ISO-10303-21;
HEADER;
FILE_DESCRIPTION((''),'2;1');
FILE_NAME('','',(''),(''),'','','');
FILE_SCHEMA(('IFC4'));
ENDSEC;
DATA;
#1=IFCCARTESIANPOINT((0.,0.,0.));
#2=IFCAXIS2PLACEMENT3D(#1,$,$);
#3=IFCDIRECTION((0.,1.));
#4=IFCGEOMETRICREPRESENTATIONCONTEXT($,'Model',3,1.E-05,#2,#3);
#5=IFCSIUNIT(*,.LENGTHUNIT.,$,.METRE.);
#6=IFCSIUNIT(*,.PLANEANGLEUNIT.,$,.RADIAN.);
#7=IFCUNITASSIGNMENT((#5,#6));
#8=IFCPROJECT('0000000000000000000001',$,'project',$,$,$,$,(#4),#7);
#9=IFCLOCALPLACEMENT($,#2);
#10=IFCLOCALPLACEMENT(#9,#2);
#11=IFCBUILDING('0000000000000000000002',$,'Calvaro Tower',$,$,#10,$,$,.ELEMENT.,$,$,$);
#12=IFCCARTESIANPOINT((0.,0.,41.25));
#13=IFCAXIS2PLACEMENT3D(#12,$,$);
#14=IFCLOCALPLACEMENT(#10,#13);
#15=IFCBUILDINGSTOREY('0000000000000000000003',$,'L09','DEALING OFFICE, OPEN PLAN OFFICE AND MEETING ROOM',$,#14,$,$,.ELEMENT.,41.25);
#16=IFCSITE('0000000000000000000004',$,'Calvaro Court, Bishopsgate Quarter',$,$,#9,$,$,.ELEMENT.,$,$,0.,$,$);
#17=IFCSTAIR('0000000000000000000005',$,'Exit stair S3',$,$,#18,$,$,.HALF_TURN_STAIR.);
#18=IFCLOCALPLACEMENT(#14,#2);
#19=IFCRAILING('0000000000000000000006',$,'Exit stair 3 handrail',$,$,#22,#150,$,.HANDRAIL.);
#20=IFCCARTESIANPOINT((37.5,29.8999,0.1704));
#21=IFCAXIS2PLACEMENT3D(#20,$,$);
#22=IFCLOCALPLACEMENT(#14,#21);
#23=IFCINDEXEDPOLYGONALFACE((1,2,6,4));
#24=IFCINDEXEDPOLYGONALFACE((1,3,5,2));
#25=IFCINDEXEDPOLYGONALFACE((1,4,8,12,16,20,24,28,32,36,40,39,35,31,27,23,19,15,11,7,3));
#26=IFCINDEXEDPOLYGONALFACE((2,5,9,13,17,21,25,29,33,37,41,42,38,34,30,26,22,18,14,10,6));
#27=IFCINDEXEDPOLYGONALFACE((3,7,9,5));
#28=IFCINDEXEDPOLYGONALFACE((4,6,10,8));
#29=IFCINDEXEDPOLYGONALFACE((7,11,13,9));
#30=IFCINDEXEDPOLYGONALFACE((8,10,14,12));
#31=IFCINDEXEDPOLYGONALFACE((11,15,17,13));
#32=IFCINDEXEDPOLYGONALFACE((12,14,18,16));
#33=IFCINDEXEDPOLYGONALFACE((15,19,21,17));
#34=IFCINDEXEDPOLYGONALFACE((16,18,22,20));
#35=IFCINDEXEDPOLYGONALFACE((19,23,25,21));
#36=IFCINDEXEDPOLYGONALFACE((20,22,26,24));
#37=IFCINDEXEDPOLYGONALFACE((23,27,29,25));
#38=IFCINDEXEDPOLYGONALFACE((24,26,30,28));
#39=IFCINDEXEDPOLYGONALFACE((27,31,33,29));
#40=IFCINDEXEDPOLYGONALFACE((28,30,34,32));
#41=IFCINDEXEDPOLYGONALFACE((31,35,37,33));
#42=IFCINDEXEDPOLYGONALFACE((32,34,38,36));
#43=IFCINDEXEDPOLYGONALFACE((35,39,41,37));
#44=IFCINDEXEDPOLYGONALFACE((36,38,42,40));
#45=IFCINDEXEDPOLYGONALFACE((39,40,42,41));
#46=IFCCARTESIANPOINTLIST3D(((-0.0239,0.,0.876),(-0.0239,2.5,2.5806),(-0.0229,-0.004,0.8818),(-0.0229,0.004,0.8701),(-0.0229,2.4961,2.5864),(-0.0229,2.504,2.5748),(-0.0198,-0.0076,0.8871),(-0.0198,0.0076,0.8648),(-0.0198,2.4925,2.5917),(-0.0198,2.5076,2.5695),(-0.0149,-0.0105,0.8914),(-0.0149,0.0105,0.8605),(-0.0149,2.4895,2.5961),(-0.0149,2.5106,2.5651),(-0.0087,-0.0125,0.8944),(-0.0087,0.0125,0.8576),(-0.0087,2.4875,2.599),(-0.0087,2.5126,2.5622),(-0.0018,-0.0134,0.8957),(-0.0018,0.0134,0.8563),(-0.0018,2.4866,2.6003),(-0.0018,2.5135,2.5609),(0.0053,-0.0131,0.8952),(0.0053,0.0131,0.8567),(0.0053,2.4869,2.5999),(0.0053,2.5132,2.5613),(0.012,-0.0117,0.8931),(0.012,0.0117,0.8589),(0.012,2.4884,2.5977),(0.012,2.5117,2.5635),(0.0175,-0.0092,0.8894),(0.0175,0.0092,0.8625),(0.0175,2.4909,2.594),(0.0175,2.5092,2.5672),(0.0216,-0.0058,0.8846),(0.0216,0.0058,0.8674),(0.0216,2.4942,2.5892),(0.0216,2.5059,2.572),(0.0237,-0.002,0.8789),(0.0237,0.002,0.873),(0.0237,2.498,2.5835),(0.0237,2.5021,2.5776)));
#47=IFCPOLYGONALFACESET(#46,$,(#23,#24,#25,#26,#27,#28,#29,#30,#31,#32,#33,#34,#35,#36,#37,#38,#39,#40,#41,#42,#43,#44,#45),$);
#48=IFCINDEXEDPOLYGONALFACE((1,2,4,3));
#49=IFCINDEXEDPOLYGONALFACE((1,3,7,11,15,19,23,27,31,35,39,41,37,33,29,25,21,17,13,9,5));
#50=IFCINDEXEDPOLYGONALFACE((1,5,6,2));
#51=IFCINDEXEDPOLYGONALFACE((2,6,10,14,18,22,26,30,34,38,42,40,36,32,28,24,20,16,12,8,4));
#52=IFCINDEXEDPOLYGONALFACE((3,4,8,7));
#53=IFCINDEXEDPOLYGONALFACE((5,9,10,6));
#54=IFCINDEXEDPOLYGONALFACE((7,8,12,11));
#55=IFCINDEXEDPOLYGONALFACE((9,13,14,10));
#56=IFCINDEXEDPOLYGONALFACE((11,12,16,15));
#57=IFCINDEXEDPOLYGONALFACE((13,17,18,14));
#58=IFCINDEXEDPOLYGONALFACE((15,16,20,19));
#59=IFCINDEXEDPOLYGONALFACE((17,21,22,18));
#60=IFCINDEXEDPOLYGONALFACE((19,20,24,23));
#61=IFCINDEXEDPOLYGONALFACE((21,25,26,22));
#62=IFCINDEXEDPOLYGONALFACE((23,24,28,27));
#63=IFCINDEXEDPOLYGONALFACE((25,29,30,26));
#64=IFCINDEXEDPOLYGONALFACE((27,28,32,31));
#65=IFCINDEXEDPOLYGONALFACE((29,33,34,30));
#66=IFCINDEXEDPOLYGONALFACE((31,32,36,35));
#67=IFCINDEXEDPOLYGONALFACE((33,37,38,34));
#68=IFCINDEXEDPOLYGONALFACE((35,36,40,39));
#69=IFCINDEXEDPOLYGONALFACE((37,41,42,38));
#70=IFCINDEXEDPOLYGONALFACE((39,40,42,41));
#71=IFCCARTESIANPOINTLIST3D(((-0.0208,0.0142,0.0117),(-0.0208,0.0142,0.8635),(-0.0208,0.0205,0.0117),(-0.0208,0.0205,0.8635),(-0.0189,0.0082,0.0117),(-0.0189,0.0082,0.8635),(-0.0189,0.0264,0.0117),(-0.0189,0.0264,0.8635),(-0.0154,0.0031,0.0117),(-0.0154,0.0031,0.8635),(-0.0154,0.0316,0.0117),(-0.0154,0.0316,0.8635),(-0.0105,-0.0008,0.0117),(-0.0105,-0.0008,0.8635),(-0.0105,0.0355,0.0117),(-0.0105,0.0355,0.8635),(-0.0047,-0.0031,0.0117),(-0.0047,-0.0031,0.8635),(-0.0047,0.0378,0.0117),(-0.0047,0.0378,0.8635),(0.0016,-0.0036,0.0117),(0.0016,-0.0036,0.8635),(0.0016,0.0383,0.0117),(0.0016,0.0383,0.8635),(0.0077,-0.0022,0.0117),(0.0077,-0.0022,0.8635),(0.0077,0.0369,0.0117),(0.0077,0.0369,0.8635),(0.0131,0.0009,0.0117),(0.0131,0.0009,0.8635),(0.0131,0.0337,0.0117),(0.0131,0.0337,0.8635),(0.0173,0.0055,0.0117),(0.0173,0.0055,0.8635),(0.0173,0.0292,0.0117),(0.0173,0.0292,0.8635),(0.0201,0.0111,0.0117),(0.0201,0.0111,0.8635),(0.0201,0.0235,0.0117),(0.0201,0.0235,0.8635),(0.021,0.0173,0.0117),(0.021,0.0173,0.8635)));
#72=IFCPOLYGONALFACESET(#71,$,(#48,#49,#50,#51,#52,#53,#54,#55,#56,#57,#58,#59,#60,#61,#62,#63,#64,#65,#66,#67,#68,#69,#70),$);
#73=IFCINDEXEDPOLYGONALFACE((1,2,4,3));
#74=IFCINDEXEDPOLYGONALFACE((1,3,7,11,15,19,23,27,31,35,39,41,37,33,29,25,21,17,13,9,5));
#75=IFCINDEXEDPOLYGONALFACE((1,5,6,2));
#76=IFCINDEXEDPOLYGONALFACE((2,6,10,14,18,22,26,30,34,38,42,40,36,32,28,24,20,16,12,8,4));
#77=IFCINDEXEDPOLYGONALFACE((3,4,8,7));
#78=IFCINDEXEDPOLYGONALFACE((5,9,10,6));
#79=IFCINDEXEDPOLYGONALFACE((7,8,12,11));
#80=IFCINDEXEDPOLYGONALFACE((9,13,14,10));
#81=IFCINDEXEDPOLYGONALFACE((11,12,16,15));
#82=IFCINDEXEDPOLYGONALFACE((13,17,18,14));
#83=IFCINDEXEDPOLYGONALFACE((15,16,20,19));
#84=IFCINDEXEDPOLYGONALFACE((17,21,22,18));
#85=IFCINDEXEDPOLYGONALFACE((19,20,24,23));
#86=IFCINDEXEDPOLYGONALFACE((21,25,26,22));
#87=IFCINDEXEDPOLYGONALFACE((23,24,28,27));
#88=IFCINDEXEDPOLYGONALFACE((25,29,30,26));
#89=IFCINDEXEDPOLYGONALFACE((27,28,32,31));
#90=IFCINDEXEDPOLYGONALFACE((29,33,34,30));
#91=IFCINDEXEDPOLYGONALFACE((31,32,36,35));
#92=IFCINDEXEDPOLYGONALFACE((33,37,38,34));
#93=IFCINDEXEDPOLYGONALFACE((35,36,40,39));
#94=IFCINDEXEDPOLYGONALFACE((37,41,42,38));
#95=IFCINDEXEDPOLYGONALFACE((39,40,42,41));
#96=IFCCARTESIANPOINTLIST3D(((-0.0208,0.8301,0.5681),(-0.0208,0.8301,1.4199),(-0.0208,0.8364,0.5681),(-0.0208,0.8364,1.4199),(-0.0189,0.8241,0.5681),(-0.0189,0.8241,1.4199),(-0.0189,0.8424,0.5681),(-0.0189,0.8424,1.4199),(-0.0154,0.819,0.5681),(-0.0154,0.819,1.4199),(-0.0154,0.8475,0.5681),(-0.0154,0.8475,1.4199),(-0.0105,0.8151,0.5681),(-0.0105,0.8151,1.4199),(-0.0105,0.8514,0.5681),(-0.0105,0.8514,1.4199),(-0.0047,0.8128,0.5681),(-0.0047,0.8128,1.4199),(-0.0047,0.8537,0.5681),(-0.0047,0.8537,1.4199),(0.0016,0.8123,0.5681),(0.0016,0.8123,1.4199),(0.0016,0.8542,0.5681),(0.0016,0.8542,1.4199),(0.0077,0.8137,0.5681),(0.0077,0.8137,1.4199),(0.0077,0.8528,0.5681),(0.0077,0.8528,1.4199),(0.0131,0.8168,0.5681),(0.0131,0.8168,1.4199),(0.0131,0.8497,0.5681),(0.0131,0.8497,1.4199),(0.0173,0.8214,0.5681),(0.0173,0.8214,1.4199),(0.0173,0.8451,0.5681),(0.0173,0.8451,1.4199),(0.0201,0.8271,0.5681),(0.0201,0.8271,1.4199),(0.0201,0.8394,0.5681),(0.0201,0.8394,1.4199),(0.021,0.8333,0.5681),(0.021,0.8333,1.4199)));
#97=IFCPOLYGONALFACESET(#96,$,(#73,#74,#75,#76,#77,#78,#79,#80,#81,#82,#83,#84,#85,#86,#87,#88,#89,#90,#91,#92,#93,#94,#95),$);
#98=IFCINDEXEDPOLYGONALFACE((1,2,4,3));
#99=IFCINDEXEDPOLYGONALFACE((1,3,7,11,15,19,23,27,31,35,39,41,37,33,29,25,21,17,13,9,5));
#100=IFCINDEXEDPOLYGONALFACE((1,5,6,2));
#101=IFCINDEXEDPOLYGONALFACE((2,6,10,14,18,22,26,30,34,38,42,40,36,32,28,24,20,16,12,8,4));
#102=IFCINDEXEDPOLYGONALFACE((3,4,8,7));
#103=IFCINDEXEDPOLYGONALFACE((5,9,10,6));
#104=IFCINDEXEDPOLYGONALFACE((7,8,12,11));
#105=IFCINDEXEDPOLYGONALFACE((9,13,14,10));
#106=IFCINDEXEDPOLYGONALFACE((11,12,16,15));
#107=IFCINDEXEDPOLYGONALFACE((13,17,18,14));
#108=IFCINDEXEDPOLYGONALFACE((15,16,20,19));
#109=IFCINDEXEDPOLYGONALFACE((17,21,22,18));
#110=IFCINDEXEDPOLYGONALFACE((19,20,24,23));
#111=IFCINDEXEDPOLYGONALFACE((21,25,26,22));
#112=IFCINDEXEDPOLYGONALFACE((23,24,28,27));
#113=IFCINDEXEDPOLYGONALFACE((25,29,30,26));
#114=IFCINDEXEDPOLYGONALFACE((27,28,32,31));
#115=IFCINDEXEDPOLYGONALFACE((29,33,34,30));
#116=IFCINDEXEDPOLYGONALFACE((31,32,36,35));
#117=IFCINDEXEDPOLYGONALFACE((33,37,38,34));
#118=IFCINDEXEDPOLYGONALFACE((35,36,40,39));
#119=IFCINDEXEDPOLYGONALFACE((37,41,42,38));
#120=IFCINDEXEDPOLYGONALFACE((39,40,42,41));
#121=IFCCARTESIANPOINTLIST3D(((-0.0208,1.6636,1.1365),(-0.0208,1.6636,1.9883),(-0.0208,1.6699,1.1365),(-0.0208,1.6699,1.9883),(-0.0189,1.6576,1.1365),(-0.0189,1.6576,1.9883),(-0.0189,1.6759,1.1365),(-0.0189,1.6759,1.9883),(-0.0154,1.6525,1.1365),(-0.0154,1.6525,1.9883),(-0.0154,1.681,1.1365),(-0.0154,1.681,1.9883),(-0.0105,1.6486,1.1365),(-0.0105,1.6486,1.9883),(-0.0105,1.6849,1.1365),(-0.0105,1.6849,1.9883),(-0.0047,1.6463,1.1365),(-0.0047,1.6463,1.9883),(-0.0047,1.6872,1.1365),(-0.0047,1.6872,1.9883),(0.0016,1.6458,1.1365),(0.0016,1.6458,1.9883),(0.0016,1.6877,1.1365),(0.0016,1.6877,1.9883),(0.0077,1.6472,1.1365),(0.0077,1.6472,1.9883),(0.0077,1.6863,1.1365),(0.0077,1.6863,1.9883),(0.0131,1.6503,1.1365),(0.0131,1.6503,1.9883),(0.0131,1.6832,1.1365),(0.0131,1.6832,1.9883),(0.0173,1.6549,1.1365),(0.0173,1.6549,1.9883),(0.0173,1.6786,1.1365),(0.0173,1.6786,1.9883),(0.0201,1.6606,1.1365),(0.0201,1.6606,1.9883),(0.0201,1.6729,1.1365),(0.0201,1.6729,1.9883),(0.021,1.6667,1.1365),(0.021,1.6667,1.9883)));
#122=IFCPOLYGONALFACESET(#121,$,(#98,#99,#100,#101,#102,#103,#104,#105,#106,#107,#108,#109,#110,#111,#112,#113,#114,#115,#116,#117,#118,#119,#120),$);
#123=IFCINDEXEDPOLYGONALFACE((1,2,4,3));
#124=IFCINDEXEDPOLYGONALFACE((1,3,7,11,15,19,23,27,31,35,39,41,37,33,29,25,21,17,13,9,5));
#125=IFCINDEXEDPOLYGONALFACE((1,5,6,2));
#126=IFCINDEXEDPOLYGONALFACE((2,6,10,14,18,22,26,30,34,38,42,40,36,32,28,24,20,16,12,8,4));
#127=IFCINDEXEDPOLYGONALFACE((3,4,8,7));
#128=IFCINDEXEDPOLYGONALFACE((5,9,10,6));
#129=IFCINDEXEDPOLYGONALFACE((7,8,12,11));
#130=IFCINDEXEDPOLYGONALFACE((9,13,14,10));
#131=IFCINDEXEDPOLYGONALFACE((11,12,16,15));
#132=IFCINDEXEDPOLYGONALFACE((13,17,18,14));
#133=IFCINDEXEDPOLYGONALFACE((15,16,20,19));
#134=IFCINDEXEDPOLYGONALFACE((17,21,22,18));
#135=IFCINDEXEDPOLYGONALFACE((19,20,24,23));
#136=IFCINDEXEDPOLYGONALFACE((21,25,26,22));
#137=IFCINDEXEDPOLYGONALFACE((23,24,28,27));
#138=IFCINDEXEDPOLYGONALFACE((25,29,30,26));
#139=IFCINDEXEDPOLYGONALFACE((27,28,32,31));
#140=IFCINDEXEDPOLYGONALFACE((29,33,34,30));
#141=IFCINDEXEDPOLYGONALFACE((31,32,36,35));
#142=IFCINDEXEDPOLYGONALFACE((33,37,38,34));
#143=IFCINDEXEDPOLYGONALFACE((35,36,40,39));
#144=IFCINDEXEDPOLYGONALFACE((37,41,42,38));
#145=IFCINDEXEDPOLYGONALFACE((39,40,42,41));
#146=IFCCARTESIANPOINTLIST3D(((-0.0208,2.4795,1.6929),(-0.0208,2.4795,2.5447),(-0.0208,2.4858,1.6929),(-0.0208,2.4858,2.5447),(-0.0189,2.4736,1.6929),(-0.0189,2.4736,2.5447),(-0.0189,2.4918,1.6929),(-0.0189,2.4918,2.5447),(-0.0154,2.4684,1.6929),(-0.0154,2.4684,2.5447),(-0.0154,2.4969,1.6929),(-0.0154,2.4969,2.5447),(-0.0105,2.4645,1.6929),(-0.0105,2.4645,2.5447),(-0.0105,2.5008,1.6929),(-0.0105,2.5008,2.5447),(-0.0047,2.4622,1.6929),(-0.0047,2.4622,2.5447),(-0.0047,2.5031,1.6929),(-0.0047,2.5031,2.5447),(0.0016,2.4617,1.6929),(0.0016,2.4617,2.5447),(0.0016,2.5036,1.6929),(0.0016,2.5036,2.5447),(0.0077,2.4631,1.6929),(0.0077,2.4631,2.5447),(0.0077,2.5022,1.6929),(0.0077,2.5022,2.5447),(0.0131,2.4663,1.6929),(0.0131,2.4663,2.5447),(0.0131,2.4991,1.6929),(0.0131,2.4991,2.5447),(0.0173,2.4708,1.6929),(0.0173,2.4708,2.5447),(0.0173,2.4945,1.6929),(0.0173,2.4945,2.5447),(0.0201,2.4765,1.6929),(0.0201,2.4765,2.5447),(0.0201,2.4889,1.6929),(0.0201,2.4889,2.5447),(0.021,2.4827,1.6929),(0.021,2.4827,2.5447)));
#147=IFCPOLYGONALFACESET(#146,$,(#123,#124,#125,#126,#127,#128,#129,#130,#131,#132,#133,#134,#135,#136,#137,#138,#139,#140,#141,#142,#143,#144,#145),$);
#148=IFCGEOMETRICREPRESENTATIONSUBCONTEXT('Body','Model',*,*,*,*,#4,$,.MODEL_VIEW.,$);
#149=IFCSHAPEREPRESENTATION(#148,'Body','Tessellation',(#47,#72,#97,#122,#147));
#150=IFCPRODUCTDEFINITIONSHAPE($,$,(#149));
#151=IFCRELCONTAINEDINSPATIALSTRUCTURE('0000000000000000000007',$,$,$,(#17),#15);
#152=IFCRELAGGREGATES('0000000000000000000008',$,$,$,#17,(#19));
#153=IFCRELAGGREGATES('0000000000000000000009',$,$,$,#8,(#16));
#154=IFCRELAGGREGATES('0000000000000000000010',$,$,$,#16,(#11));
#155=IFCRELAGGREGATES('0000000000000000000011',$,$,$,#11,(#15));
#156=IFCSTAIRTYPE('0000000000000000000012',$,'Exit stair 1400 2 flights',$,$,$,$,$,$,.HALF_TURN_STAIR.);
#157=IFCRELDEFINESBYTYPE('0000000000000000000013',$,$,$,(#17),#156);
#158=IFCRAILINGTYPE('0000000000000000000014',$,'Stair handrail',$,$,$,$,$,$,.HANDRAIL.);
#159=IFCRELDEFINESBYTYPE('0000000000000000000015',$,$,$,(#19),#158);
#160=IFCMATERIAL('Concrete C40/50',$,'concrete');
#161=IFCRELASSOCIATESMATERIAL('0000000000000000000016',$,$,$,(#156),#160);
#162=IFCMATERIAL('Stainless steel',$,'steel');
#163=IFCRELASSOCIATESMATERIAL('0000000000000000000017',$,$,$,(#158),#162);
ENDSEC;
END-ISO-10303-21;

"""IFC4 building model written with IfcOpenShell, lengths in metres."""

from ifc_helpers import new_model, si_unit, direction, frame, origin, origin_2d, place, context, subcontext, project, spatial, circle, extrude, material, type_object, element, aggregate, save


model = new_model("IFC4")

# Units and contexts
model_context = context("Model", 3, precision=1e-05, world=origin(), true_north=direction((0.0, 1.0)))
body_context = subcontext(model_context, "Body", "Model", "MODEL_VIEW")
ifc_project = project(units=[si_unit("LENGTHUNIT", "METRE"), si_unit("PLANEANGLEUNIT", "RADIAN")], contexts=[model_context])

# Site, building, storey
site_placement = place(None, origin())
site = spatial("IfcSite", under=ifc_project, at=site_placement, Name="Calvaro Court, Bishopsgate Quarter", CompositionType="ELEMENT", RefElevation=0.0)
building_placement = place(site_placement, origin())
building = spatial("IfcBuilding", under=site, at=building_placement, Name="Calvaro Tower", CompositionType="ELEMENT")
storey_placement = place(building_placement, frame((0.0, 0.0, 41.25)))
storey = spatial("IfcBuildingStorey", under=building, at=storey_placement, Name="L09", Description="DEALING OFFICE, OPEN PLAN OFFICE AND MEETING ROOM", CompositionType="ELEMENT", Elevation=41.25)

# Stair, railing
ifc_material_1 = material(Name="Concrete C40/50", Category="concrete")
stair_type = type_object("IfcStairType", Name="Exit stair 1400 2 flights", PredefinedType="HALF_TURN_STAIR", material=ifc_material_1)
stair_1_placement = place(storey_placement, origin())
stair_1 = element("IfcStair", 1, at=stair_1_placement, inside=storey, type_object=stair_type, Name="Exit stair S3", PredefinedType="HALF_TURN_STAIR")
ifc_material_2 = material(Name="Stainless steel", Category="steel")
railing_type = type_object("IfcRailingType", Name="Stair handrail", PredefinedType="HANDRAIL", material=ifc_material_2)
railing_1_placement = place(storey_placement, frame((37.5, 29.8999, 0.1704)))
railing_1 = element("IfcRailing", 2, at=railing_1_placement, type_object=railing_type, Name="Exit stair 3 handrail", PredefinedType="HANDRAIL", context=body_context, shape_type="SweptSolid", body=[
    extrude(circle(Radius=0.0239, at=origin_2d()), frame((0.0, 0.0, 0.876), z_axis=(0.0, 0.826221, 0.563347), x_axis=(-1.0, 0.0, 0.0)), (0.0, 0.0, 1.0), 3.0259),
    extrude(circle(Radius=0.021, at=origin_2d()), frame((0.0, 0.0173, 0.0117)), (0.0, 0.0, 1.0), 0.8518),
    extrude(circle(Radius=0.021, at=origin_2d()), frame((0.0, 0.8333, 0.5681)), (0.0, 0.0, 1.0), 0.8518),
    extrude(circle(Radius=0.021, at=origin_2d()), frame((0.0, 1.6667, 1.1365)), (0.0, 0.0, 1.0), 0.8518),
    extrude(circle(Radius=0.021, at=origin_2d()), frame((0.0, 2.4827, 1.6929)), (0.0, 0.0, 1.0), 0.8518),
])
aggregate(stair_1, [railing_1])

save(model, "model.ifc")
